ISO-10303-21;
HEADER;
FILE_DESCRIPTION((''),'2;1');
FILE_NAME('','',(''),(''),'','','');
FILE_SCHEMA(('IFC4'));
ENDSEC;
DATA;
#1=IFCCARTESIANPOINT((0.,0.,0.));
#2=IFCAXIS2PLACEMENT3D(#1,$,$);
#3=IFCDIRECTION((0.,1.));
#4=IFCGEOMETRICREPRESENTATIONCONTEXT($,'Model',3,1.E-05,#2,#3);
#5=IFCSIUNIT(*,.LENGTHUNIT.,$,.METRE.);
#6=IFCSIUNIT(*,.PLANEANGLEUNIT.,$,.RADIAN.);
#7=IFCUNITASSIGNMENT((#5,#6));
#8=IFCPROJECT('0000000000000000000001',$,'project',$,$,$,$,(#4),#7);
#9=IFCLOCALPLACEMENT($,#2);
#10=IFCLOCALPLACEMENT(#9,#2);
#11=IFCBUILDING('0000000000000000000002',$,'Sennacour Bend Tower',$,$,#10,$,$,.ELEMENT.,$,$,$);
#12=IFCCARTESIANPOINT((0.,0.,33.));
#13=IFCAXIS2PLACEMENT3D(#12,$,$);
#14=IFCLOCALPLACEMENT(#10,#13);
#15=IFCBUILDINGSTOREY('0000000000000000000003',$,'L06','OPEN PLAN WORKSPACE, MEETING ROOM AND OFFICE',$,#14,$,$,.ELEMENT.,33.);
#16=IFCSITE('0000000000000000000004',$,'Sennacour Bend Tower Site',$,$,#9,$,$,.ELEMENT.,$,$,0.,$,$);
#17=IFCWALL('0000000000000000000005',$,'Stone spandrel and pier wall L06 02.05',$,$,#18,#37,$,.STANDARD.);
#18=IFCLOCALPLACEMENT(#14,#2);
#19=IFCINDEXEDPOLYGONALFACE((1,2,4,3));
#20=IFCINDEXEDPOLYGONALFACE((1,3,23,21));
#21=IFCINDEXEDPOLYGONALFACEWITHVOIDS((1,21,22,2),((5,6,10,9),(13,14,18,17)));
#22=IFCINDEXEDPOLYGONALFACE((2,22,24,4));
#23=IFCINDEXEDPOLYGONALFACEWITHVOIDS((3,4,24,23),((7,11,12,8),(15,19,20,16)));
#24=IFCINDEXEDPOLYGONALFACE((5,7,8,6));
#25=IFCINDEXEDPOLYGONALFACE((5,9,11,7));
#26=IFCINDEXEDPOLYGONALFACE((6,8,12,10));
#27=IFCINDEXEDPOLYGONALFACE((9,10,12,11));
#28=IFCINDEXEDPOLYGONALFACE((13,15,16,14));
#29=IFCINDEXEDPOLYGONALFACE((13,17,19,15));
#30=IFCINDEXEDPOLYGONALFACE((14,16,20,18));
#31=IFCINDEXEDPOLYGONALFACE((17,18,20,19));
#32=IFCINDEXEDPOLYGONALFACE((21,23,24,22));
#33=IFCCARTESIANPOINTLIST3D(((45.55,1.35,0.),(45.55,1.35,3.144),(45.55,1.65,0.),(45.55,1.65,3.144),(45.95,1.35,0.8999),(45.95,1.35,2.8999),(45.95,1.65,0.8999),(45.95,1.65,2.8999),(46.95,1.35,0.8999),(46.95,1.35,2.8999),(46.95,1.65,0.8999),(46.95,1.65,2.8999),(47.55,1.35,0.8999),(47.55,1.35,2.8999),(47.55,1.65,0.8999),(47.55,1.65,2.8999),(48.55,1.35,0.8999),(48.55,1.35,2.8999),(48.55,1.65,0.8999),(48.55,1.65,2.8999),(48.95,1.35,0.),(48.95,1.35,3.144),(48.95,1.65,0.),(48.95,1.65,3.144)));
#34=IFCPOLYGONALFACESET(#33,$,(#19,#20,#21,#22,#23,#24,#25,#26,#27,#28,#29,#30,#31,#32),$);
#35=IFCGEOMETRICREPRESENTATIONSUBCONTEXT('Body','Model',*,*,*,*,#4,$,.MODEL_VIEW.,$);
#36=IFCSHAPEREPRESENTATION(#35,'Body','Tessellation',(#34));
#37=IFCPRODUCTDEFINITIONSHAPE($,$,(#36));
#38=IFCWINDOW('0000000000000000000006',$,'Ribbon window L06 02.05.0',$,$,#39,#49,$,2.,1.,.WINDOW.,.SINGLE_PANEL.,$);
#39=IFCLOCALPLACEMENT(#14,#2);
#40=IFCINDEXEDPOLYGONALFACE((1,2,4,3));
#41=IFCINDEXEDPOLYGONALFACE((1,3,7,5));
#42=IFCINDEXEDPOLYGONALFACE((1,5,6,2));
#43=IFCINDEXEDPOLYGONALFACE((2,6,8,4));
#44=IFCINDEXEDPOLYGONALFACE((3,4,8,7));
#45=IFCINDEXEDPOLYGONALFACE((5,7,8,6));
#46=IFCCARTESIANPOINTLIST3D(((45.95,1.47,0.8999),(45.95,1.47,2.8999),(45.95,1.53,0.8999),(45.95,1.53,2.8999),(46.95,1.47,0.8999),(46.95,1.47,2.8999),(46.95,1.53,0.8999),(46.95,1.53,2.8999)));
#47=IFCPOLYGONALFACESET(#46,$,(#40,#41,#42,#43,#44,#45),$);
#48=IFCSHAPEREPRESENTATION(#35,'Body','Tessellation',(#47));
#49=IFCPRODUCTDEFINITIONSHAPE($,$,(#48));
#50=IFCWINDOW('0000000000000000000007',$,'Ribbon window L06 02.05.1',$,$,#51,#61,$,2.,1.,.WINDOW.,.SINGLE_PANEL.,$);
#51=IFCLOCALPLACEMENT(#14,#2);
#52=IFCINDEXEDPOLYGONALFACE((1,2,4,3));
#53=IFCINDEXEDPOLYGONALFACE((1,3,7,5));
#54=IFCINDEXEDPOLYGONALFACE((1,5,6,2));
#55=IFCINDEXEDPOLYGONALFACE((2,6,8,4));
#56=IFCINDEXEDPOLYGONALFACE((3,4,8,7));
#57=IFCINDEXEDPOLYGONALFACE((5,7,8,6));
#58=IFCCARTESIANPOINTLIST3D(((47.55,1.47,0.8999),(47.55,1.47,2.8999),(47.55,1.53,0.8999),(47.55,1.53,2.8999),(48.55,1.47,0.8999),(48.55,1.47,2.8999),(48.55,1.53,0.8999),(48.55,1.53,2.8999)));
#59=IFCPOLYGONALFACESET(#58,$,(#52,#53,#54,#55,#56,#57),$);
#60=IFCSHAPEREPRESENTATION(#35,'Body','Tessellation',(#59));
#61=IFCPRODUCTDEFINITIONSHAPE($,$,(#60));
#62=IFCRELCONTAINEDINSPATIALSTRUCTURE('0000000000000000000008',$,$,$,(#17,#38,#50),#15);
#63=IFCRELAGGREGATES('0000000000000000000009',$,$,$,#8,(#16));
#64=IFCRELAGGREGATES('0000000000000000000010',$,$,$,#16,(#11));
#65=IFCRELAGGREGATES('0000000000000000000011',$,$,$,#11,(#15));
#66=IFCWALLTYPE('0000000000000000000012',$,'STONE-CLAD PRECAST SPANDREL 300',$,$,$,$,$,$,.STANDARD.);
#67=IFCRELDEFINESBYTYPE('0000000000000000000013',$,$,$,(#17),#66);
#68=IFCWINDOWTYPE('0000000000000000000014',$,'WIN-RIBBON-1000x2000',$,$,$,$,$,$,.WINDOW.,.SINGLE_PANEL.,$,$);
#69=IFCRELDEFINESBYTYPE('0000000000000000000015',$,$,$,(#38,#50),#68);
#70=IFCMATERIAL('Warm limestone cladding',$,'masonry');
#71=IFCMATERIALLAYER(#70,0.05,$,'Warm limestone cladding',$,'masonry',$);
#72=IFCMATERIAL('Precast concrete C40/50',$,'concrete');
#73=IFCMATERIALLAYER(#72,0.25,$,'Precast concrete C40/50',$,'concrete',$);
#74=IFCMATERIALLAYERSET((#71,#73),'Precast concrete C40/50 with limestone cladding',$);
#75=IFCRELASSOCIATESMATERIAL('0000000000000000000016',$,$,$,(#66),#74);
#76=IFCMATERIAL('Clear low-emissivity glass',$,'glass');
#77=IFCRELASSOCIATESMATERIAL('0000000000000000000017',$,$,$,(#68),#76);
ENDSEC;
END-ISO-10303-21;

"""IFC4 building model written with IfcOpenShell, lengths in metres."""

from ifc_helpers import new_model, si_unit, direction, frame, frame_2d, origin, place, context, subcontext, project, spatial, rectangle, extrude, material, layer, layer_set, type_object, element, fill, save


model = new_model("IFC4")

# Units and contexts
model_context = context("Model", 3, precision=1e-05, world=origin(), true_north=direction((0.0, 1.0)))
body_context = subcontext(model_context, "Body", "Model", "MODEL_VIEW")
ifc_project = project(units=[si_unit("LENGTHUNIT", "METRE"), si_unit("PLANEANGLEUNIT", "RADIAN")], contexts=[model_context])

# Site, building, storey
site_placement = place(None, origin())
site = spatial("IfcSite", under=ifc_project, at=site_placement, Name="Sennacour Bend Tower Site", CompositionType="ELEMENT", RefElevation=0.0)
building_placement = place(site_placement, origin())
building = spatial("IfcBuilding", under=site, at=building_placement, Name="Sennacour Bend Tower", CompositionType="ELEMENT")
storey_placement = place(building_placement, frame((0.0, 0.0, 33.0)))
storey = spatial("IfcBuildingStorey", under=building, at=storey_placement, Name="L06", Description="OPEN PLAN WORKSPACE, MEETING ROOM AND OFFICE", CompositionType="ELEMENT", Elevation=33.0)

# Wall, openings, windows
ifc_material_1 = material(Name="Warm limestone cladding", Category="masonry")
ifc_layer_1 = layer(ifc_material_1, 0.05, Name="Warm limestone cladding", Category="masonry")
ifc_material_2 = material(Name="Precast concrete C40/50", Category="concrete")
ifc_layer_2 = layer(ifc_material_2, 0.25, Name="Precast concrete C40/50", Category="concrete")
ifc_layer_set_1 = layer_set([ifc_layer_1, ifc_layer_2], Name="Precast concrete C40/50 with limestone cladding")
wall_type_1 = type_object("IfcWallType", Name="STONE-CLAD PRECAST SPANDREL 300", PredefinedType="STANDARD", material=ifc_layer_set_1)
wall_1_placement = place(storey_placement, frame((45.55, 1.5, 0.0), z_axis=(0.0, 0.0, 1.0), x_axis=(1.0, 0.0, 0.0)))
wall_1 = element("IfcWall", 1, at=wall_1_placement, inside=storey, type_object=wall_type_1, Name="Stone spandrel and pier wall L06 02.05", PredefinedType="STANDARD", context=body_context, shape_type="SweptSolid", body=[
    extrude(rectangle(XDim=3.3999, YDim=0.3, at=frame_2d((1.7, 0.0))), origin(), (0.0, 0.0, 1.0), 3.144),
])
opening_1_placement = place(wall_1_placement, frame((0.3999, 0.0, 0.8999)))
opening_1 = element("IfcOpeningElement", 2, at=opening_1_placement, cuts=wall_1, PredefinedType="OPENING", context=body_context, shape_type="SweptSolid", body=[
    extrude(rectangle(XDim=1.0, YDim=2.0, at=frame_2d((0.5, 1.0))), frame((0.0, 0.1602, 0.0), z_axis=(0.0, -1.0, 0.0), x_axis=(1.0, 0.0, 0.0)), (0.0, 0.0, 1.0), 0.3201),
])
opening_2_placement = place(wall_1_placement, frame((2.0, 0.0, 0.8999)))
opening_2 = element("IfcOpeningElement", 3, at=opening_2_placement, cuts=wall_1, PredefinedType="OPENING", context=body_context, shape_type="SweptSolid", body=[
    extrude(rectangle(XDim=1.0, YDim=2.0, at=frame_2d((0.5, 1.0))), frame((0.0, 0.1602, 0.0), z_axis=(0.0, -1.0, 0.0), x_axis=(1.0, 0.0, 0.0)), (0.0, 0.0, 1.0), 0.3201),
])
ifc_material_3 = material(Name="Clear low-emissivity glass", Category="glass")
window_type = type_object("IfcWindowType", Name="WIN-RIBBON-1000x2000", PartitioningType="SINGLE_PANEL", PredefinedType="WINDOW", material=ifc_material_3)
window_1_placement = place(opening_1_placement, origin())
window_1 = element("IfcWindow", 4, at=window_1_placement, inside=storey, type_object=window_type, Name="Ribbon window L06 02.05.0", OverallHeight=2.0, OverallWidth=1.0, PartitioningType="SINGLE_PANEL", PredefinedType="WINDOW", context=body_context, shape_type="SweptSolid", body=[
    extrude(rectangle(XDim=1.0, YDim=2.0, at=frame_2d((0.5, 1.0))), frame((0.0, 0.03, 0.0), z_axis=(0.0, -1.0, 0.0), x_axis=(1.0, 0.0, 0.0)), (0.0, 0.0, 1.0), 0.0601),
])
fill(opening_1, window_1)
window_2_placement = place(opening_2_placement, origin())
window_2 = element("IfcWindow", 5, at=window_2_placement, inside=storey, type_object=window_type, Name="Ribbon window L06 02.05.1", OverallHeight=2.0, OverallWidth=1.0, PartitioningType="SINGLE_PANEL", PredefinedType="WINDOW", context=body_context, shape_type="SweptSolid", body=[
    extrude(rectangle(XDim=1.0, YDim=2.0, at=frame_2d((0.5, 1.0))), frame((0.0, 0.03, 0.0), z_axis=(0.0, -1.0, 0.0), x_axis=(1.0, 0.0, 0.0)), (0.0, 0.0, 1.0), 0.0601),
])
fill(opening_2, window_2)

save(model, "model.ifc")
